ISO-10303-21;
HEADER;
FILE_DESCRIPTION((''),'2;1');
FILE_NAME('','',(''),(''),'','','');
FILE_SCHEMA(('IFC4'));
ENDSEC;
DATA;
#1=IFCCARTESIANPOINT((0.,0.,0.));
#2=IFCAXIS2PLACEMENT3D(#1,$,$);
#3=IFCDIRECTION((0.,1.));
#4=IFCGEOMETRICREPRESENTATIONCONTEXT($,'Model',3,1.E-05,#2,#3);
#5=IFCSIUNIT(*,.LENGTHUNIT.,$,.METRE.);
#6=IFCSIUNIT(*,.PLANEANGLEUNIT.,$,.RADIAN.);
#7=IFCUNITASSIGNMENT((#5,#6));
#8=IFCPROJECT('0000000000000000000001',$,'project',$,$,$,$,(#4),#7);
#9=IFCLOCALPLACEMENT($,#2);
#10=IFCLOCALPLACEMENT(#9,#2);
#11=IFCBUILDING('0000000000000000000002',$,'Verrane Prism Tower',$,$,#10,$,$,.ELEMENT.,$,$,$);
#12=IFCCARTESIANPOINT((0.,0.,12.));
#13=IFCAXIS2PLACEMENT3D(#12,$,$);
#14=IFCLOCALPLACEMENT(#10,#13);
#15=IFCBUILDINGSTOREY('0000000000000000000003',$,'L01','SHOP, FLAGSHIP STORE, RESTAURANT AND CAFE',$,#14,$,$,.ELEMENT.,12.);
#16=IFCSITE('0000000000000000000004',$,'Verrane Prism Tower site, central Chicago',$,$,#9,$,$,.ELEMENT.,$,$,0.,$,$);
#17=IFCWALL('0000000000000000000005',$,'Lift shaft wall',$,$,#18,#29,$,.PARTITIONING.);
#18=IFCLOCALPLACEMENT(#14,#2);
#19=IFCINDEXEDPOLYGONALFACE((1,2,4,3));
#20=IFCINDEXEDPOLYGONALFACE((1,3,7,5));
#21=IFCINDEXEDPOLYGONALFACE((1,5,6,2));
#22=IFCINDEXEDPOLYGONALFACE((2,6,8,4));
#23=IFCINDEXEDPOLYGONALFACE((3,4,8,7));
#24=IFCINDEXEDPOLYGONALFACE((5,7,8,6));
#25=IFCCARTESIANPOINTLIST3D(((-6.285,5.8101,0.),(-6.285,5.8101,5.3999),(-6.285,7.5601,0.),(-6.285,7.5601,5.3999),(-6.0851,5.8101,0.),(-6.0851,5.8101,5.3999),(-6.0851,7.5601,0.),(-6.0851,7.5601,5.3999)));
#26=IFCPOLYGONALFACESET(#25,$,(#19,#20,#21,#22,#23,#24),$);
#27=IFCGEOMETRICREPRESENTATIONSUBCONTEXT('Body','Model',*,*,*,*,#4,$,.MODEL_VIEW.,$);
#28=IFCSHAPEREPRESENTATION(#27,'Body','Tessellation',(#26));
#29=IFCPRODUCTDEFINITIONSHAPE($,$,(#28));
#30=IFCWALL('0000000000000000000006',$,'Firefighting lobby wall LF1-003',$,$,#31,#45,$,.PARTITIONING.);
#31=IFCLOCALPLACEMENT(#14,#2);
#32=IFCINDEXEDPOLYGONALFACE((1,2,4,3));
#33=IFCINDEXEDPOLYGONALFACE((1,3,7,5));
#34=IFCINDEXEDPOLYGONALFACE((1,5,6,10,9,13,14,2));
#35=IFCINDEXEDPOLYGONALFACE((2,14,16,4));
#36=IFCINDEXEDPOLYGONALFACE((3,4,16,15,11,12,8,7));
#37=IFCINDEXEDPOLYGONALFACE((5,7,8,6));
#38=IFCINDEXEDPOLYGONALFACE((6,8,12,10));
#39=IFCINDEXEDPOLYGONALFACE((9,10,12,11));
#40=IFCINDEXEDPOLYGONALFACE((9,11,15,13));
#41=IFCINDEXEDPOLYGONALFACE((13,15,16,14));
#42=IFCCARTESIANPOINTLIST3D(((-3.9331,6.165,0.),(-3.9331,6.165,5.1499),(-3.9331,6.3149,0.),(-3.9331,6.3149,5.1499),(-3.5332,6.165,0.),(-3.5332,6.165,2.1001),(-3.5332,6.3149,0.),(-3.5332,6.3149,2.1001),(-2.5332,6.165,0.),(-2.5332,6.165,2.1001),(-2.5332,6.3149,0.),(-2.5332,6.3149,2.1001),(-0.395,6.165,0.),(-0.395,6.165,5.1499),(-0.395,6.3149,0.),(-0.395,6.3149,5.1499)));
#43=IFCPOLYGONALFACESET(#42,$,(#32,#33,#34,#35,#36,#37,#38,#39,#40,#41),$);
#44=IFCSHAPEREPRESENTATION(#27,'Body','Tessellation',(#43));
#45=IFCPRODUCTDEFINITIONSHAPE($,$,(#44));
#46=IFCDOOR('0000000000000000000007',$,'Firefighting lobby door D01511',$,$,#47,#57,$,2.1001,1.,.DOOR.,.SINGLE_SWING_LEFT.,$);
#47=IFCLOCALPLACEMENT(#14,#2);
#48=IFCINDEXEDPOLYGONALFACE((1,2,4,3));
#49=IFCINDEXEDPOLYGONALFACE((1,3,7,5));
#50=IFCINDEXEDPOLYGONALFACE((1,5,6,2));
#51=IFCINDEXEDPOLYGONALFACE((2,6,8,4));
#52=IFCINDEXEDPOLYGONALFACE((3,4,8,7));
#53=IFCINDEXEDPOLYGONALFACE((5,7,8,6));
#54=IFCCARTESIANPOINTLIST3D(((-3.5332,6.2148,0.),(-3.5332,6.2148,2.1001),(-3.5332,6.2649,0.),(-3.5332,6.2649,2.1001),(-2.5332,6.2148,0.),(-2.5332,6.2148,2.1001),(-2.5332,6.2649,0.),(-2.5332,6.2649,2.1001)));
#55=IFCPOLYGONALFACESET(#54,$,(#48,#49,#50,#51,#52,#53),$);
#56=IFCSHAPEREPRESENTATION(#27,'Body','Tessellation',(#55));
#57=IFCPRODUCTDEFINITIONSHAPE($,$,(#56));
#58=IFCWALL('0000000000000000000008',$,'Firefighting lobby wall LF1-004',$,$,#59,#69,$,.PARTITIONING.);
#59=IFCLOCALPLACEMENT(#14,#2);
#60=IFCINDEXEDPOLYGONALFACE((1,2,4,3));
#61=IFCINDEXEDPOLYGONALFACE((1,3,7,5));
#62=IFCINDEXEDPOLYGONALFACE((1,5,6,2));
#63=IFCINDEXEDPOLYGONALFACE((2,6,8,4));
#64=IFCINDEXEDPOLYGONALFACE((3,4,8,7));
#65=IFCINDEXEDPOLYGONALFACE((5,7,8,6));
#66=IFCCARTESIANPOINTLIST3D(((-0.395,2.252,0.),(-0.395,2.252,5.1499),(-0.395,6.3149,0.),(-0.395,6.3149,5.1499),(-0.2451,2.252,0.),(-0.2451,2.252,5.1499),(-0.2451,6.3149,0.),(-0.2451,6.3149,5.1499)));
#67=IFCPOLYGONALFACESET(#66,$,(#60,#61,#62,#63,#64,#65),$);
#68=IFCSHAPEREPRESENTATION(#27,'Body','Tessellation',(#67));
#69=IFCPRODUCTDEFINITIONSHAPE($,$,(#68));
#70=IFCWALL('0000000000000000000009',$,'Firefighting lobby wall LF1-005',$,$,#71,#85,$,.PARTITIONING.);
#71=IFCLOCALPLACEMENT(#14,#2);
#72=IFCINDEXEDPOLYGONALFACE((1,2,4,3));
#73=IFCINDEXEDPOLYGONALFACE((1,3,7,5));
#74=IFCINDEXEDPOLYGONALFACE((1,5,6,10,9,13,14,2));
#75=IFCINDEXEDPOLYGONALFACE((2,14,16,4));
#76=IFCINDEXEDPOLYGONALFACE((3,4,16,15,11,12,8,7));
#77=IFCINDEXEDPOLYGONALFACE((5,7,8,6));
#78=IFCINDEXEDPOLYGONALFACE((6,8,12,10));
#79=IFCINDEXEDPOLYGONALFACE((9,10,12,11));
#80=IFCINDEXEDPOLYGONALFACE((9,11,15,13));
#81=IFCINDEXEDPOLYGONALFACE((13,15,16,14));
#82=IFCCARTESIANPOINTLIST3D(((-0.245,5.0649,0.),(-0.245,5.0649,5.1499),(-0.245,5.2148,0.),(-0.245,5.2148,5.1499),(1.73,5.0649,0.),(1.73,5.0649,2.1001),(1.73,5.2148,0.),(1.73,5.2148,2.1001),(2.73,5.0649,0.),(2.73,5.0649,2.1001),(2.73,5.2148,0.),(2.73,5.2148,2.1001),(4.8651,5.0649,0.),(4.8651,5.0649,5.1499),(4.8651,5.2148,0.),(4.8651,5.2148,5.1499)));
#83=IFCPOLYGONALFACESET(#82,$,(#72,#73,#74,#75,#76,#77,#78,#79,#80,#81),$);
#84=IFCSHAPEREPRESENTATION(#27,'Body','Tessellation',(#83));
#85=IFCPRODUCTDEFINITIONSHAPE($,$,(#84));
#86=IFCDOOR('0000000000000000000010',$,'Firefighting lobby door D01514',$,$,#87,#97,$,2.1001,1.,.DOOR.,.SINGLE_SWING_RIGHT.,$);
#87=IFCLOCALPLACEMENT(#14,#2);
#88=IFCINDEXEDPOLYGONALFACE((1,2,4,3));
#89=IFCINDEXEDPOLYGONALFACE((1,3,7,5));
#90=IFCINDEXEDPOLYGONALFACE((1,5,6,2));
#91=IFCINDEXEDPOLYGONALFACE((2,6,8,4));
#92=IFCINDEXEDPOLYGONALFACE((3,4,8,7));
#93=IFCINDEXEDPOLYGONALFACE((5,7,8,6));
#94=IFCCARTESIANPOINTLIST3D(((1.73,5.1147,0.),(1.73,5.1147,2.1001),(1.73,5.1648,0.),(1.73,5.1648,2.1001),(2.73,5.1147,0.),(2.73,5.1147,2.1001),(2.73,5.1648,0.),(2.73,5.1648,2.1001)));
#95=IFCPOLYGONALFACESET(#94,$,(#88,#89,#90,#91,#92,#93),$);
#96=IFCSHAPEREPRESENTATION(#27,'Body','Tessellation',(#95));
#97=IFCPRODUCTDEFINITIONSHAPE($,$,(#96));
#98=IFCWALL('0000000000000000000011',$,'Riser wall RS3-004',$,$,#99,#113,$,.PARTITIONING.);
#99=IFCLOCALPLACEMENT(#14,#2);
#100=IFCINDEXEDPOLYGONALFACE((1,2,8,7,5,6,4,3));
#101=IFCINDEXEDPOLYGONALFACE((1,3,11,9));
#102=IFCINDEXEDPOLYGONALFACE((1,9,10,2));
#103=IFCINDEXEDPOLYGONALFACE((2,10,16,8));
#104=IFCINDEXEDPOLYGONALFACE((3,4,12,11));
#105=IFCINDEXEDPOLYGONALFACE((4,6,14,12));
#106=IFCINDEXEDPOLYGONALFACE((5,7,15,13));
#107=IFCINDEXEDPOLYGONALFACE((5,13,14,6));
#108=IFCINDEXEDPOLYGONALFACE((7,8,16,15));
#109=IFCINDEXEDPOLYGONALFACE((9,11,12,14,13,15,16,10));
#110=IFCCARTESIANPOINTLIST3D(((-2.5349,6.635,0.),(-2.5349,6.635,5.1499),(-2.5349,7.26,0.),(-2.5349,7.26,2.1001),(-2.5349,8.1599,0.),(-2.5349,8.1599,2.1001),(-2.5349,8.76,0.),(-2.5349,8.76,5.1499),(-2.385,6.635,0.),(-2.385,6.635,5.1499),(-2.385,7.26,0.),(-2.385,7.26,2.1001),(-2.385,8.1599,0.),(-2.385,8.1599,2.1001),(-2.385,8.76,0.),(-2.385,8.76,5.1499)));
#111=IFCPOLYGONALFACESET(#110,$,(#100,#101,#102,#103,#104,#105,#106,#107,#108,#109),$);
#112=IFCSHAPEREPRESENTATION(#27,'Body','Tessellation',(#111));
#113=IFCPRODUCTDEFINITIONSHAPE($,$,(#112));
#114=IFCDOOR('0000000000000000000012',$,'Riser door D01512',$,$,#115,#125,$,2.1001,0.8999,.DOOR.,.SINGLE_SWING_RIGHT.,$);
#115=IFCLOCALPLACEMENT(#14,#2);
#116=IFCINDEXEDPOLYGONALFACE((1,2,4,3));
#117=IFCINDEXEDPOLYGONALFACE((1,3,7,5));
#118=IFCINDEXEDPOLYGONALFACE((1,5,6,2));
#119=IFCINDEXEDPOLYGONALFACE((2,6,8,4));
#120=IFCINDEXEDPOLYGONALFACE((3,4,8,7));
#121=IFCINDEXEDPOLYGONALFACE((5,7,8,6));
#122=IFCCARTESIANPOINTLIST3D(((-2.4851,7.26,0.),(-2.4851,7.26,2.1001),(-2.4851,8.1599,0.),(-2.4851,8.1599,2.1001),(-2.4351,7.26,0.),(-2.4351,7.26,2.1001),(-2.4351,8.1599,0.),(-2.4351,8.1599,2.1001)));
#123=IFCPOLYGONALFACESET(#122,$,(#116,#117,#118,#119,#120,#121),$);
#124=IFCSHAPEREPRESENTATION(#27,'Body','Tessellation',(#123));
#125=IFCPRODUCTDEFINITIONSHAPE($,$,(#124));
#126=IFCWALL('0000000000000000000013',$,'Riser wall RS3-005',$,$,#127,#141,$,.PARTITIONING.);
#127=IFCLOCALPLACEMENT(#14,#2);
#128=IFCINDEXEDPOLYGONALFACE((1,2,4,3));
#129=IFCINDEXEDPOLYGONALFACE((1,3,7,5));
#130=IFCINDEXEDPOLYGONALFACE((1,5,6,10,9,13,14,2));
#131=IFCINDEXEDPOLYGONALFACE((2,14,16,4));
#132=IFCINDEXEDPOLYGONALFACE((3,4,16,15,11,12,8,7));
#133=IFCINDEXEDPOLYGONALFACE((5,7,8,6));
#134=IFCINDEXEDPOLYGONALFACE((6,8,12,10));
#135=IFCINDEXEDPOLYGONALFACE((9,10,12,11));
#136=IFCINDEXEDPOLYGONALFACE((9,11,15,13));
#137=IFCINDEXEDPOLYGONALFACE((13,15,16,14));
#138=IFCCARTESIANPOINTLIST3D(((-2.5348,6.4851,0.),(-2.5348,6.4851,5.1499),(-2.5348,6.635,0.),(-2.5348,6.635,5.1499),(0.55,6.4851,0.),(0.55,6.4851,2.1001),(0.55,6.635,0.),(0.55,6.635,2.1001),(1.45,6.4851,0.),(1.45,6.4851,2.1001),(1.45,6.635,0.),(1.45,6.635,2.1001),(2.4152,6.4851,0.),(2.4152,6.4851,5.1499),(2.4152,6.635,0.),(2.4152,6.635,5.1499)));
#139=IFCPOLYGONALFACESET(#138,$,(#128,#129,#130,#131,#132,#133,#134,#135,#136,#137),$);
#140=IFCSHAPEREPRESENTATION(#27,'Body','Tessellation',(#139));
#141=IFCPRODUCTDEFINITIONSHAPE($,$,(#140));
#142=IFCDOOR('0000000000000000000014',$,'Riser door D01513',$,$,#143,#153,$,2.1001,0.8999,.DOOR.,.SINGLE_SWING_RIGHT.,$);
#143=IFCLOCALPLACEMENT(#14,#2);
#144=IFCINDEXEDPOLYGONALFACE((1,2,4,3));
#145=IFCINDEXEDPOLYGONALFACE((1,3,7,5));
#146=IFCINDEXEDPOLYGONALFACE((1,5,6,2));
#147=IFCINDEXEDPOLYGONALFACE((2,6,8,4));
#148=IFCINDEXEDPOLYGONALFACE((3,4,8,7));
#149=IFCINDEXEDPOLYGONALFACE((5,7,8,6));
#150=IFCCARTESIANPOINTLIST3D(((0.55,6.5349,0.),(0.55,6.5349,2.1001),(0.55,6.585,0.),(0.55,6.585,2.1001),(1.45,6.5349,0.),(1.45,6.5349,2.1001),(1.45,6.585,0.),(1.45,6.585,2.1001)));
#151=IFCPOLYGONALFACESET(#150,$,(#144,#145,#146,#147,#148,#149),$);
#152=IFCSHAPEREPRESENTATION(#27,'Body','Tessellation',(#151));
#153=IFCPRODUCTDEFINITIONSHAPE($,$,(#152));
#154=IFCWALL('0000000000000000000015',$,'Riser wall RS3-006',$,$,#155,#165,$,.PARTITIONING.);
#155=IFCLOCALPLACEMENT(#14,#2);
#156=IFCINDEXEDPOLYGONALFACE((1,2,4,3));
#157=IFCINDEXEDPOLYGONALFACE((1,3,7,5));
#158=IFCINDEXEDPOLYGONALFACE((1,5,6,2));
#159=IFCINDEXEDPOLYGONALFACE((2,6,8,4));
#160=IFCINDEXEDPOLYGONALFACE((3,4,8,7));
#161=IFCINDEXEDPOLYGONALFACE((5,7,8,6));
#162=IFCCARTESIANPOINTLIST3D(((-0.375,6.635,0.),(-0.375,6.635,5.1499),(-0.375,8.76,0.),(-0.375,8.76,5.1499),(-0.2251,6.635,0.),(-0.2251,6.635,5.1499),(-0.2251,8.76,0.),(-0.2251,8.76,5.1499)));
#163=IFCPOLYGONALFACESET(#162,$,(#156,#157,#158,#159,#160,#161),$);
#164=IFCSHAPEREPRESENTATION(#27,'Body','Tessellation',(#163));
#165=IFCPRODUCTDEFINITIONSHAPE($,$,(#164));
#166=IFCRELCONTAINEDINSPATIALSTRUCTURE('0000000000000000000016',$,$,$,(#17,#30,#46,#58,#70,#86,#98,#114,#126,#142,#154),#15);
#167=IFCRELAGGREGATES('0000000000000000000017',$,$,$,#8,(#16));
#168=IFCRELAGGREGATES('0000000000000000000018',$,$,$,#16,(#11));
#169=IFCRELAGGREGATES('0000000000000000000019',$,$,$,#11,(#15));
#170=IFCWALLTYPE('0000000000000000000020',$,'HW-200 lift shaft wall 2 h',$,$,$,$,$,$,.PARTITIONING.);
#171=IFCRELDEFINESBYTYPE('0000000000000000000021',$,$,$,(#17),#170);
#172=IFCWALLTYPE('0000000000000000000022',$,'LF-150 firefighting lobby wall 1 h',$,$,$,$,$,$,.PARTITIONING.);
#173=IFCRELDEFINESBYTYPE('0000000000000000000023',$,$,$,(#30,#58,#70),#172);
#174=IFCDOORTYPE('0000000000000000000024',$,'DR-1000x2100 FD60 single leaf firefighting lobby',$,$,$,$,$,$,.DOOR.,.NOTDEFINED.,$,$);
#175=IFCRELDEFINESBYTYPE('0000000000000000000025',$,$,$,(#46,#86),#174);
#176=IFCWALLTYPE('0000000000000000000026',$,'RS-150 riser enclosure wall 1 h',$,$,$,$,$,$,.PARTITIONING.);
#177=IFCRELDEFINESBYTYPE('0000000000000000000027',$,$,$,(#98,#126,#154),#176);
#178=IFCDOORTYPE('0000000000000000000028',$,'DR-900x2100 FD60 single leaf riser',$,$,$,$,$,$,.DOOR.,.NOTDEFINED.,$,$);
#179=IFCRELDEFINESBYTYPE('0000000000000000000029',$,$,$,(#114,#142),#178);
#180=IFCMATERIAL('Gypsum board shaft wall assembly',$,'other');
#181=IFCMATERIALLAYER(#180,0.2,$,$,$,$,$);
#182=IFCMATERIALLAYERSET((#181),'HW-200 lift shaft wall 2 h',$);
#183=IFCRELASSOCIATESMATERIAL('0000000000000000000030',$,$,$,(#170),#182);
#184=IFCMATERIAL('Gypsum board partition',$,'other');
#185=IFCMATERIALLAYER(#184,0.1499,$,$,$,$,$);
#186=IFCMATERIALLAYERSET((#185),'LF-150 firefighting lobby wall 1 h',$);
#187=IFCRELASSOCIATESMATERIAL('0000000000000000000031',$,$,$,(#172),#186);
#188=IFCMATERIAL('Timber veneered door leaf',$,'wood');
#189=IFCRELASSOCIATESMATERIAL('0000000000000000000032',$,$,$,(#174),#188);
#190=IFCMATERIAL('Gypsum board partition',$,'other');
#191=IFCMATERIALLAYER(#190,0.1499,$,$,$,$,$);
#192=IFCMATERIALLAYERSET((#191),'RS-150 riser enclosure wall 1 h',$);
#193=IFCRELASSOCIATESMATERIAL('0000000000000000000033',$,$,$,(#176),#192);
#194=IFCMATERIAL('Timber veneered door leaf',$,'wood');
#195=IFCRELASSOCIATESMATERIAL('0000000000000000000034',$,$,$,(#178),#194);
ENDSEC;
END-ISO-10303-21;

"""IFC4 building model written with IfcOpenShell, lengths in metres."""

from ifc_helpers import new_model, si_unit, direction, frame, frame_2d, origin, place, context, subcontext, project, spatial, rectangle, extrude, material, layer, layer_set, type_object, element, fill, save


model = new_model("IFC4")

# Units and contexts
model_context = context("Model", 3, precision=1e-05, world=origin(), true_north=direction((0.0, 1.0)))
body_context = subcontext(model_context, "Body", "Model", "MODEL_VIEW")
ifc_project = project(units=[si_unit("LENGTHUNIT", "METRE"), si_unit("PLANEANGLEUNIT", "RADIAN")], contexts=[model_context])

# Site, building, storey
site_placement = place(None, origin())
site = spatial("IfcSite", under=ifc_project, at=site_placement, Name="Verrane Prism Tower site, central Chicago", CompositionType="ELEMENT", RefElevation=0.0)
building_placement = place(site_placement, origin())
building = spatial("IfcBuilding", under=site, at=building_placement, Name="Verrane Prism Tower", CompositionType="ELEMENT")
storey_placement = place(building_placement, frame((0.0, 0.0, 12.0)))
storey = spatial("IfcBuildingStorey", under=building, at=storey_placement, Name="L01", Description="SHOP, FLAGSHIP STORE, RESTAURANT AND CAFE", CompositionType="ELEMENT", Elevation=12.0)

# Wall
ifc_material_1 = material(Name="Gypsum board shaft wall assembly", Category="other")
ifc_layer_1 = layer(ifc_material_1, 0.2)
ifc_layer_set_1 = layer_set([ifc_layer_1], Name="HW-200 lift shaft wall 2 h")
wall_type_1 = type_object("IfcWallType", Name="HW-200 lift shaft wall 2 h", PredefinedType="PARTITIONING", material=ifc_layer_set_1)
for number, where, z_axis, x_axis, name in (
    (1, (-6.1851, 5.8101, 0.0), (0.0, 0.0, 1.0), (0.0, 1.0, 0.0), "Lift shaft wall"),
):
    element("IfcWall", number, at=place(storey_placement, frame(where, z_axis=z_axis, x_axis=x_axis)), inside=storey, type_object=wall_type_1, Name=name, PredefinedType="PARTITIONING", context=body_context, shape_type="SweptSolid", body=[
        extrude(rectangle(XDim=1.75, YDim=0.2, at=frame_2d((0.875, 0.0))), origin(), (0.0, 0.0, 1.0), 5.3999),
    ])

# Wall, opening, door
ifc_material_2 = material(Name="Gypsum board partition", Category="other")
ifc_layer_2 = layer(ifc_material_2, 0.1499)
ifc_layer_set_2 = layer_set([ifc_layer_2], Name="LF-150 firefighting lobby wall 1 h")
wall_type_2 = type_object("IfcWallType", Name="LF-150 firefighting lobby wall 1 h", PredefinedType="PARTITIONING", material=ifc_layer_set_2)
wall_1_placement = place(storey_placement, frame((-3.9331, 6.24, 0.0), z_axis=(0.0, 0.0, 1.0), x_axis=(1.0, 0.0, 0.0)))
wall_1 = element("IfcWall", 2, at=wall_1_placement, inside=storey, type_object=wall_type_2, Name="Firefighting lobby wall LF1-003", PredefinedType="PARTITIONING", context=body_context, shape_type="SweptSolid", body=[
    extrude(rectangle(XDim=3.5381, YDim=0.1499, at=frame_2d((1.769, 0.0))), origin(), (0.0, 0.0, 1.0), 5.1499),
])
opening_1_placement = place(wall_1_placement, frame((0.3999, 0.0, 0.0)))
opening_1 = element("IfcOpeningElement", 3, at=opening_1_placement, cuts=wall_1, PredefinedType="OPENING", context=body_context, shape_type="SweptSolid", body=[
    extrude(rectangle(XDim=1.0, YDim=2.1001, at=frame_2d((0.5, 1.05))), frame((0.0, 0.085, 0.0), z_axis=(0.0, -1.0, 0.0), x_axis=(1.0, 0.0, 0.0)), (0.0, 0.0, 1.0), 0.1699),
])
ifc_material_3 = material(Name="Timber veneered door leaf", Category="wood")
door_type_1 = type_object("IfcDoorType", Name="DR-1000x2100 FD60 single leaf firefighting lobby", OperationType="NOTDEFINED", PredefinedType="DOOR", material=ifc_material_3)
door_1_placement = place(opening_1_placement, origin())
door_1 = element("IfcDoor", 4, at=door_1_placement, inside=storey, type_object=door_type_1, Name="Firefighting lobby door D01511", OperationType="SINGLE_SWING_LEFT", OverallHeight=2.1001, OverallWidth=1.0, PredefinedType="DOOR", context=body_context, shape_type="SweptSolid", body=[
    extrude(rectangle(XDim=1.0, YDim=2.1001, at=frame_2d((0.5, 1.05))), frame((0.0, 0.0249, 0.0), z_axis=(0.0, -1.0, 0.0), x_axis=(1.0, 0.0, 0.0)), (0.0, 0.0, 1.0), 0.05),
])
fill(opening_1, door_1)

# Wall
wall_2_placement = place(storey_placement, frame((-0.3201, 2.252, 0.0), z_axis=(0.0, 0.0, 1.0), x_axis=(0.0, 1.0, 0.0)))
element("IfcWall", 5, at=wall_2_placement, inside=storey, type_object=wall_type_2, Name="Firefighting lobby wall LF1-004", PredefinedType="PARTITIONING", context=body_context, shape_type="SweptSolid", body=[
    extrude(rectangle(XDim=4.063, YDim=0.1499, at=frame_2d((2.0315, 0.0))), origin(), (0.0, 0.0, 1.0), 5.1499),
])

# Walls, openings, doors
wall_3_placement = place(storey_placement, frame((-0.2451, 5.1399, 0.0), z_axis=(0.0, 0.0, 1.0), x_axis=(1.0, 0.0, 0.0)))
wall_3 = element("IfcWall", 6, at=wall_3_placement, inside=storey, type_object=wall_type_2, Name="Firefighting lobby wall LF1-005", PredefinedType="PARTITIONING", context=body_context, shape_type="SweptSolid", body=[
    extrude(rectangle(XDim=5.1101, YDim=0.1499, at=frame_2d((2.5552, 0.0))), origin(), (0.0, 0.0, 1.0), 5.1499),
])
opening_2_placement = place(wall_3_placement, frame((1.9751, 0.0, 0.0)))
opening_2 = element("IfcOpeningElement", 7, at=opening_2_placement, cuts=wall_3, PredefinedType="OPENING", context=body_context, shape_type="SweptSolid", body=[
    extrude(rectangle(XDim=1.0, YDim=2.1001, at=frame_2d((0.5, 1.05))), frame((0.0, 0.085, 0.0), z_axis=(0.0, -1.0, 0.0), x_axis=(1.0, 0.0, 0.0)), (0.0, 0.0, 1.0), 0.1699),
])
door_2_placement = place(opening_2_placement, origin())
door_2 = element("IfcDoor", 8, at=door_2_placement, inside=storey, type_object=door_type_1, Name="Firefighting lobby door D01514", OperationType="SINGLE_SWING_RIGHT", OverallHeight=2.1001, OverallWidth=1.0, PredefinedType="DOOR", context=body_context, shape_type="SweptSolid", body=[
    extrude(rectangle(XDim=1.0, YDim=2.1001, at=frame_2d((0.5, 1.05))), frame((0.0, 0.0249, 0.0), z_axis=(0.0, -1.0, 0.0), x_axis=(1.0, 0.0, 0.0)), (0.0, 0.0, 1.0), 0.05),
])
fill(opening_2, door_2)
ifc_material_4 = material(Name="Gypsum board partition", Category="other")
ifc_layer_3 = layer(ifc_material_4, 0.1499)
ifc_layer_set_3 = layer_set([ifc_layer_3], Name="RS-150 riser enclosure wall 1 h")
wall_type_3 = type_object("IfcWallType", Name="RS-150 riser enclosure wall 1 h", PredefinedType="PARTITIONING", material=ifc_layer_set_3)
wall_4_placement = place(storey_placement, frame((-2.46, 8.76, 0.0), z_axis=(0.0, 0.0, 1.0), x_axis=(0.0, -1.0, 0.0)))
wall_4 = element("IfcWall", 9, at=wall_4_placement, inside=storey, type_object=wall_type_3, Name="Riser wall RS3-004", PredefinedType="PARTITIONING", context=body_context, shape_type="SweptSolid", body=[
    extrude(rectangle(XDim=2.125, YDim=0.1499, at=frame_2d((1.0625, 0.0))), origin(), (0.0, 0.0, 1.0), 5.1499),
])
opening_3_placement = place(wall_4_placement, frame((0.6001, 0.0, 0.0)))
opening_3 = element("IfcOpeningElement", 10, at=opening_3_placement, cuts=wall_4, PredefinedType="OPENING", context=body_context, shape_type="SweptSolid", body=[
    extrude(rectangle(XDim=0.8999, YDim=2.1001, at=frame_2d((0.45, 1.05))), frame((0.0, 0.085, 0.0), z_axis=(0.0, -1.0, 0.0), x_axis=(1.0, 0.0, 0.0)), (0.0, 0.0, 1.0), 0.1699),
])
ifc_material_5 = material(Name="Timber veneered door leaf", Category="wood")
door_type_2 = type_object("IfcDoorType", Name="DR-900x2100 FD60 single leaf riser", OperationType="NOTDEFINED", PredefinedType="DOOR", material=ifc_material_5)
door_3_placement = place(opening_3_placement, origin())
door_3 = element("IfcDoor", 11, at=door_3_placement, inside=storey, type_object=door_type_2, Name="Riser door D01512", OperationType="SINGLE_SWING_RIGHT", OverallHeight=2.1001, OverallWidth=0.8999, PredefinedType="DOOR", context=body_context, shape_type="SweptSolid", body=[
    extrude(rectangle(XDim=0.8999, YDim=2.1001, at=frame_2d((0.45, 1.05))), frame((0.0, 0.0249, 0.0), z_axis=(0.0, -1.0, 0.0), x_axis=(1.0, 0.0, 0.0)), (0.0, 0.0, 1.0), 0.05),
])
fill(opening_3, door_3)
wall_5_placement = place(storey_placement, frame((-2.5349, 6.5601, 0.0), z_axis=(0.0, 0.0, 1.0), x_axis=(1.0, 0.0, 0.0)))
wall_5 = element("IfcWall", 12, at=wall_5_placement, inside=storey, type_object=wall_type_3, Name="Riser wall RS3-005", PredefinedType="PARTITIONING", context=body_context, shape_type="SweptSolid", body=[
    extrude(rectangle(XDim=4.95, YDim=0.1499, at=frame_2d((2.4751, 0.0))), origin(), (0.0, 0.0, 1.0), 5.1499),
])
opening_4_placement = place(wall_5_placement, frame((3.085, 0.0, 0.0)))
opening_4 = element("IfcOpeningElement", 13, at=opening_4_placement, cuts=wall_5, PredefinedType="OPENING", context=body_context, shape_type="SweptSolid", body=[
    extrude(rectangle(XDim=0.8999, YDim=2.1001, at=frame_2d((0.45, 1.05))), frame((0.0, 0.085, 0.0), z_axis=(0.0, -1.0, 0.0), x_axis=(1.0, 0.0, 0.0)), (0.0, 0.0, 1.0), 0.1699),
])
door_4_placement = place(opening_4_placement, origin())
door_4 = element("IfcDoor", 14, at=door_4_placement, inside=storey, type_object=door_type_2, Name="Riser door D01513", OperationType="SINGLE_SWING_RIGHT", OverallHeight=2.1001, OverallWidth=0.8999, PredefinedType="DOOR", context=body_context, shape_type="SweptSolid", body=[
    extrude(rectangle(XDim=0.8999, YDim=2.1001, at=frame_2d((0.45, 1.05))), frame((0.0, 0.0249, 0.0), z_axis=(0.0, -1.0, 0.0), x_axis=(1.0, 0.0, 0.0)), (0.0, 0.0, 1.0), 0.05),
])
fill(opening_4, door_4)

# Wall
wall_6_placement = place(storey_placement, frame((-0.3, 6.635, 0.0), z_axis=(0.0, 0.0, 1.0), x_axis=(0.0, 1.0, 0.0)))
element("IfcWall", 15, at=wall_6_placement, inside=storey, type_object=wall_type_3, Name="Riser wall RS3-006", PredefinedType="PARTITIONING", context=body_context, shape_type="SweptSolid", body=[
    extrude(rectangle(XDim=2.125, YDim=0.1499, at=frame_2d((1.0625, 0.0))), origin(), (0.0, 0.0, 1.0), 5.1499),
])

save(model, "model.ifc")
